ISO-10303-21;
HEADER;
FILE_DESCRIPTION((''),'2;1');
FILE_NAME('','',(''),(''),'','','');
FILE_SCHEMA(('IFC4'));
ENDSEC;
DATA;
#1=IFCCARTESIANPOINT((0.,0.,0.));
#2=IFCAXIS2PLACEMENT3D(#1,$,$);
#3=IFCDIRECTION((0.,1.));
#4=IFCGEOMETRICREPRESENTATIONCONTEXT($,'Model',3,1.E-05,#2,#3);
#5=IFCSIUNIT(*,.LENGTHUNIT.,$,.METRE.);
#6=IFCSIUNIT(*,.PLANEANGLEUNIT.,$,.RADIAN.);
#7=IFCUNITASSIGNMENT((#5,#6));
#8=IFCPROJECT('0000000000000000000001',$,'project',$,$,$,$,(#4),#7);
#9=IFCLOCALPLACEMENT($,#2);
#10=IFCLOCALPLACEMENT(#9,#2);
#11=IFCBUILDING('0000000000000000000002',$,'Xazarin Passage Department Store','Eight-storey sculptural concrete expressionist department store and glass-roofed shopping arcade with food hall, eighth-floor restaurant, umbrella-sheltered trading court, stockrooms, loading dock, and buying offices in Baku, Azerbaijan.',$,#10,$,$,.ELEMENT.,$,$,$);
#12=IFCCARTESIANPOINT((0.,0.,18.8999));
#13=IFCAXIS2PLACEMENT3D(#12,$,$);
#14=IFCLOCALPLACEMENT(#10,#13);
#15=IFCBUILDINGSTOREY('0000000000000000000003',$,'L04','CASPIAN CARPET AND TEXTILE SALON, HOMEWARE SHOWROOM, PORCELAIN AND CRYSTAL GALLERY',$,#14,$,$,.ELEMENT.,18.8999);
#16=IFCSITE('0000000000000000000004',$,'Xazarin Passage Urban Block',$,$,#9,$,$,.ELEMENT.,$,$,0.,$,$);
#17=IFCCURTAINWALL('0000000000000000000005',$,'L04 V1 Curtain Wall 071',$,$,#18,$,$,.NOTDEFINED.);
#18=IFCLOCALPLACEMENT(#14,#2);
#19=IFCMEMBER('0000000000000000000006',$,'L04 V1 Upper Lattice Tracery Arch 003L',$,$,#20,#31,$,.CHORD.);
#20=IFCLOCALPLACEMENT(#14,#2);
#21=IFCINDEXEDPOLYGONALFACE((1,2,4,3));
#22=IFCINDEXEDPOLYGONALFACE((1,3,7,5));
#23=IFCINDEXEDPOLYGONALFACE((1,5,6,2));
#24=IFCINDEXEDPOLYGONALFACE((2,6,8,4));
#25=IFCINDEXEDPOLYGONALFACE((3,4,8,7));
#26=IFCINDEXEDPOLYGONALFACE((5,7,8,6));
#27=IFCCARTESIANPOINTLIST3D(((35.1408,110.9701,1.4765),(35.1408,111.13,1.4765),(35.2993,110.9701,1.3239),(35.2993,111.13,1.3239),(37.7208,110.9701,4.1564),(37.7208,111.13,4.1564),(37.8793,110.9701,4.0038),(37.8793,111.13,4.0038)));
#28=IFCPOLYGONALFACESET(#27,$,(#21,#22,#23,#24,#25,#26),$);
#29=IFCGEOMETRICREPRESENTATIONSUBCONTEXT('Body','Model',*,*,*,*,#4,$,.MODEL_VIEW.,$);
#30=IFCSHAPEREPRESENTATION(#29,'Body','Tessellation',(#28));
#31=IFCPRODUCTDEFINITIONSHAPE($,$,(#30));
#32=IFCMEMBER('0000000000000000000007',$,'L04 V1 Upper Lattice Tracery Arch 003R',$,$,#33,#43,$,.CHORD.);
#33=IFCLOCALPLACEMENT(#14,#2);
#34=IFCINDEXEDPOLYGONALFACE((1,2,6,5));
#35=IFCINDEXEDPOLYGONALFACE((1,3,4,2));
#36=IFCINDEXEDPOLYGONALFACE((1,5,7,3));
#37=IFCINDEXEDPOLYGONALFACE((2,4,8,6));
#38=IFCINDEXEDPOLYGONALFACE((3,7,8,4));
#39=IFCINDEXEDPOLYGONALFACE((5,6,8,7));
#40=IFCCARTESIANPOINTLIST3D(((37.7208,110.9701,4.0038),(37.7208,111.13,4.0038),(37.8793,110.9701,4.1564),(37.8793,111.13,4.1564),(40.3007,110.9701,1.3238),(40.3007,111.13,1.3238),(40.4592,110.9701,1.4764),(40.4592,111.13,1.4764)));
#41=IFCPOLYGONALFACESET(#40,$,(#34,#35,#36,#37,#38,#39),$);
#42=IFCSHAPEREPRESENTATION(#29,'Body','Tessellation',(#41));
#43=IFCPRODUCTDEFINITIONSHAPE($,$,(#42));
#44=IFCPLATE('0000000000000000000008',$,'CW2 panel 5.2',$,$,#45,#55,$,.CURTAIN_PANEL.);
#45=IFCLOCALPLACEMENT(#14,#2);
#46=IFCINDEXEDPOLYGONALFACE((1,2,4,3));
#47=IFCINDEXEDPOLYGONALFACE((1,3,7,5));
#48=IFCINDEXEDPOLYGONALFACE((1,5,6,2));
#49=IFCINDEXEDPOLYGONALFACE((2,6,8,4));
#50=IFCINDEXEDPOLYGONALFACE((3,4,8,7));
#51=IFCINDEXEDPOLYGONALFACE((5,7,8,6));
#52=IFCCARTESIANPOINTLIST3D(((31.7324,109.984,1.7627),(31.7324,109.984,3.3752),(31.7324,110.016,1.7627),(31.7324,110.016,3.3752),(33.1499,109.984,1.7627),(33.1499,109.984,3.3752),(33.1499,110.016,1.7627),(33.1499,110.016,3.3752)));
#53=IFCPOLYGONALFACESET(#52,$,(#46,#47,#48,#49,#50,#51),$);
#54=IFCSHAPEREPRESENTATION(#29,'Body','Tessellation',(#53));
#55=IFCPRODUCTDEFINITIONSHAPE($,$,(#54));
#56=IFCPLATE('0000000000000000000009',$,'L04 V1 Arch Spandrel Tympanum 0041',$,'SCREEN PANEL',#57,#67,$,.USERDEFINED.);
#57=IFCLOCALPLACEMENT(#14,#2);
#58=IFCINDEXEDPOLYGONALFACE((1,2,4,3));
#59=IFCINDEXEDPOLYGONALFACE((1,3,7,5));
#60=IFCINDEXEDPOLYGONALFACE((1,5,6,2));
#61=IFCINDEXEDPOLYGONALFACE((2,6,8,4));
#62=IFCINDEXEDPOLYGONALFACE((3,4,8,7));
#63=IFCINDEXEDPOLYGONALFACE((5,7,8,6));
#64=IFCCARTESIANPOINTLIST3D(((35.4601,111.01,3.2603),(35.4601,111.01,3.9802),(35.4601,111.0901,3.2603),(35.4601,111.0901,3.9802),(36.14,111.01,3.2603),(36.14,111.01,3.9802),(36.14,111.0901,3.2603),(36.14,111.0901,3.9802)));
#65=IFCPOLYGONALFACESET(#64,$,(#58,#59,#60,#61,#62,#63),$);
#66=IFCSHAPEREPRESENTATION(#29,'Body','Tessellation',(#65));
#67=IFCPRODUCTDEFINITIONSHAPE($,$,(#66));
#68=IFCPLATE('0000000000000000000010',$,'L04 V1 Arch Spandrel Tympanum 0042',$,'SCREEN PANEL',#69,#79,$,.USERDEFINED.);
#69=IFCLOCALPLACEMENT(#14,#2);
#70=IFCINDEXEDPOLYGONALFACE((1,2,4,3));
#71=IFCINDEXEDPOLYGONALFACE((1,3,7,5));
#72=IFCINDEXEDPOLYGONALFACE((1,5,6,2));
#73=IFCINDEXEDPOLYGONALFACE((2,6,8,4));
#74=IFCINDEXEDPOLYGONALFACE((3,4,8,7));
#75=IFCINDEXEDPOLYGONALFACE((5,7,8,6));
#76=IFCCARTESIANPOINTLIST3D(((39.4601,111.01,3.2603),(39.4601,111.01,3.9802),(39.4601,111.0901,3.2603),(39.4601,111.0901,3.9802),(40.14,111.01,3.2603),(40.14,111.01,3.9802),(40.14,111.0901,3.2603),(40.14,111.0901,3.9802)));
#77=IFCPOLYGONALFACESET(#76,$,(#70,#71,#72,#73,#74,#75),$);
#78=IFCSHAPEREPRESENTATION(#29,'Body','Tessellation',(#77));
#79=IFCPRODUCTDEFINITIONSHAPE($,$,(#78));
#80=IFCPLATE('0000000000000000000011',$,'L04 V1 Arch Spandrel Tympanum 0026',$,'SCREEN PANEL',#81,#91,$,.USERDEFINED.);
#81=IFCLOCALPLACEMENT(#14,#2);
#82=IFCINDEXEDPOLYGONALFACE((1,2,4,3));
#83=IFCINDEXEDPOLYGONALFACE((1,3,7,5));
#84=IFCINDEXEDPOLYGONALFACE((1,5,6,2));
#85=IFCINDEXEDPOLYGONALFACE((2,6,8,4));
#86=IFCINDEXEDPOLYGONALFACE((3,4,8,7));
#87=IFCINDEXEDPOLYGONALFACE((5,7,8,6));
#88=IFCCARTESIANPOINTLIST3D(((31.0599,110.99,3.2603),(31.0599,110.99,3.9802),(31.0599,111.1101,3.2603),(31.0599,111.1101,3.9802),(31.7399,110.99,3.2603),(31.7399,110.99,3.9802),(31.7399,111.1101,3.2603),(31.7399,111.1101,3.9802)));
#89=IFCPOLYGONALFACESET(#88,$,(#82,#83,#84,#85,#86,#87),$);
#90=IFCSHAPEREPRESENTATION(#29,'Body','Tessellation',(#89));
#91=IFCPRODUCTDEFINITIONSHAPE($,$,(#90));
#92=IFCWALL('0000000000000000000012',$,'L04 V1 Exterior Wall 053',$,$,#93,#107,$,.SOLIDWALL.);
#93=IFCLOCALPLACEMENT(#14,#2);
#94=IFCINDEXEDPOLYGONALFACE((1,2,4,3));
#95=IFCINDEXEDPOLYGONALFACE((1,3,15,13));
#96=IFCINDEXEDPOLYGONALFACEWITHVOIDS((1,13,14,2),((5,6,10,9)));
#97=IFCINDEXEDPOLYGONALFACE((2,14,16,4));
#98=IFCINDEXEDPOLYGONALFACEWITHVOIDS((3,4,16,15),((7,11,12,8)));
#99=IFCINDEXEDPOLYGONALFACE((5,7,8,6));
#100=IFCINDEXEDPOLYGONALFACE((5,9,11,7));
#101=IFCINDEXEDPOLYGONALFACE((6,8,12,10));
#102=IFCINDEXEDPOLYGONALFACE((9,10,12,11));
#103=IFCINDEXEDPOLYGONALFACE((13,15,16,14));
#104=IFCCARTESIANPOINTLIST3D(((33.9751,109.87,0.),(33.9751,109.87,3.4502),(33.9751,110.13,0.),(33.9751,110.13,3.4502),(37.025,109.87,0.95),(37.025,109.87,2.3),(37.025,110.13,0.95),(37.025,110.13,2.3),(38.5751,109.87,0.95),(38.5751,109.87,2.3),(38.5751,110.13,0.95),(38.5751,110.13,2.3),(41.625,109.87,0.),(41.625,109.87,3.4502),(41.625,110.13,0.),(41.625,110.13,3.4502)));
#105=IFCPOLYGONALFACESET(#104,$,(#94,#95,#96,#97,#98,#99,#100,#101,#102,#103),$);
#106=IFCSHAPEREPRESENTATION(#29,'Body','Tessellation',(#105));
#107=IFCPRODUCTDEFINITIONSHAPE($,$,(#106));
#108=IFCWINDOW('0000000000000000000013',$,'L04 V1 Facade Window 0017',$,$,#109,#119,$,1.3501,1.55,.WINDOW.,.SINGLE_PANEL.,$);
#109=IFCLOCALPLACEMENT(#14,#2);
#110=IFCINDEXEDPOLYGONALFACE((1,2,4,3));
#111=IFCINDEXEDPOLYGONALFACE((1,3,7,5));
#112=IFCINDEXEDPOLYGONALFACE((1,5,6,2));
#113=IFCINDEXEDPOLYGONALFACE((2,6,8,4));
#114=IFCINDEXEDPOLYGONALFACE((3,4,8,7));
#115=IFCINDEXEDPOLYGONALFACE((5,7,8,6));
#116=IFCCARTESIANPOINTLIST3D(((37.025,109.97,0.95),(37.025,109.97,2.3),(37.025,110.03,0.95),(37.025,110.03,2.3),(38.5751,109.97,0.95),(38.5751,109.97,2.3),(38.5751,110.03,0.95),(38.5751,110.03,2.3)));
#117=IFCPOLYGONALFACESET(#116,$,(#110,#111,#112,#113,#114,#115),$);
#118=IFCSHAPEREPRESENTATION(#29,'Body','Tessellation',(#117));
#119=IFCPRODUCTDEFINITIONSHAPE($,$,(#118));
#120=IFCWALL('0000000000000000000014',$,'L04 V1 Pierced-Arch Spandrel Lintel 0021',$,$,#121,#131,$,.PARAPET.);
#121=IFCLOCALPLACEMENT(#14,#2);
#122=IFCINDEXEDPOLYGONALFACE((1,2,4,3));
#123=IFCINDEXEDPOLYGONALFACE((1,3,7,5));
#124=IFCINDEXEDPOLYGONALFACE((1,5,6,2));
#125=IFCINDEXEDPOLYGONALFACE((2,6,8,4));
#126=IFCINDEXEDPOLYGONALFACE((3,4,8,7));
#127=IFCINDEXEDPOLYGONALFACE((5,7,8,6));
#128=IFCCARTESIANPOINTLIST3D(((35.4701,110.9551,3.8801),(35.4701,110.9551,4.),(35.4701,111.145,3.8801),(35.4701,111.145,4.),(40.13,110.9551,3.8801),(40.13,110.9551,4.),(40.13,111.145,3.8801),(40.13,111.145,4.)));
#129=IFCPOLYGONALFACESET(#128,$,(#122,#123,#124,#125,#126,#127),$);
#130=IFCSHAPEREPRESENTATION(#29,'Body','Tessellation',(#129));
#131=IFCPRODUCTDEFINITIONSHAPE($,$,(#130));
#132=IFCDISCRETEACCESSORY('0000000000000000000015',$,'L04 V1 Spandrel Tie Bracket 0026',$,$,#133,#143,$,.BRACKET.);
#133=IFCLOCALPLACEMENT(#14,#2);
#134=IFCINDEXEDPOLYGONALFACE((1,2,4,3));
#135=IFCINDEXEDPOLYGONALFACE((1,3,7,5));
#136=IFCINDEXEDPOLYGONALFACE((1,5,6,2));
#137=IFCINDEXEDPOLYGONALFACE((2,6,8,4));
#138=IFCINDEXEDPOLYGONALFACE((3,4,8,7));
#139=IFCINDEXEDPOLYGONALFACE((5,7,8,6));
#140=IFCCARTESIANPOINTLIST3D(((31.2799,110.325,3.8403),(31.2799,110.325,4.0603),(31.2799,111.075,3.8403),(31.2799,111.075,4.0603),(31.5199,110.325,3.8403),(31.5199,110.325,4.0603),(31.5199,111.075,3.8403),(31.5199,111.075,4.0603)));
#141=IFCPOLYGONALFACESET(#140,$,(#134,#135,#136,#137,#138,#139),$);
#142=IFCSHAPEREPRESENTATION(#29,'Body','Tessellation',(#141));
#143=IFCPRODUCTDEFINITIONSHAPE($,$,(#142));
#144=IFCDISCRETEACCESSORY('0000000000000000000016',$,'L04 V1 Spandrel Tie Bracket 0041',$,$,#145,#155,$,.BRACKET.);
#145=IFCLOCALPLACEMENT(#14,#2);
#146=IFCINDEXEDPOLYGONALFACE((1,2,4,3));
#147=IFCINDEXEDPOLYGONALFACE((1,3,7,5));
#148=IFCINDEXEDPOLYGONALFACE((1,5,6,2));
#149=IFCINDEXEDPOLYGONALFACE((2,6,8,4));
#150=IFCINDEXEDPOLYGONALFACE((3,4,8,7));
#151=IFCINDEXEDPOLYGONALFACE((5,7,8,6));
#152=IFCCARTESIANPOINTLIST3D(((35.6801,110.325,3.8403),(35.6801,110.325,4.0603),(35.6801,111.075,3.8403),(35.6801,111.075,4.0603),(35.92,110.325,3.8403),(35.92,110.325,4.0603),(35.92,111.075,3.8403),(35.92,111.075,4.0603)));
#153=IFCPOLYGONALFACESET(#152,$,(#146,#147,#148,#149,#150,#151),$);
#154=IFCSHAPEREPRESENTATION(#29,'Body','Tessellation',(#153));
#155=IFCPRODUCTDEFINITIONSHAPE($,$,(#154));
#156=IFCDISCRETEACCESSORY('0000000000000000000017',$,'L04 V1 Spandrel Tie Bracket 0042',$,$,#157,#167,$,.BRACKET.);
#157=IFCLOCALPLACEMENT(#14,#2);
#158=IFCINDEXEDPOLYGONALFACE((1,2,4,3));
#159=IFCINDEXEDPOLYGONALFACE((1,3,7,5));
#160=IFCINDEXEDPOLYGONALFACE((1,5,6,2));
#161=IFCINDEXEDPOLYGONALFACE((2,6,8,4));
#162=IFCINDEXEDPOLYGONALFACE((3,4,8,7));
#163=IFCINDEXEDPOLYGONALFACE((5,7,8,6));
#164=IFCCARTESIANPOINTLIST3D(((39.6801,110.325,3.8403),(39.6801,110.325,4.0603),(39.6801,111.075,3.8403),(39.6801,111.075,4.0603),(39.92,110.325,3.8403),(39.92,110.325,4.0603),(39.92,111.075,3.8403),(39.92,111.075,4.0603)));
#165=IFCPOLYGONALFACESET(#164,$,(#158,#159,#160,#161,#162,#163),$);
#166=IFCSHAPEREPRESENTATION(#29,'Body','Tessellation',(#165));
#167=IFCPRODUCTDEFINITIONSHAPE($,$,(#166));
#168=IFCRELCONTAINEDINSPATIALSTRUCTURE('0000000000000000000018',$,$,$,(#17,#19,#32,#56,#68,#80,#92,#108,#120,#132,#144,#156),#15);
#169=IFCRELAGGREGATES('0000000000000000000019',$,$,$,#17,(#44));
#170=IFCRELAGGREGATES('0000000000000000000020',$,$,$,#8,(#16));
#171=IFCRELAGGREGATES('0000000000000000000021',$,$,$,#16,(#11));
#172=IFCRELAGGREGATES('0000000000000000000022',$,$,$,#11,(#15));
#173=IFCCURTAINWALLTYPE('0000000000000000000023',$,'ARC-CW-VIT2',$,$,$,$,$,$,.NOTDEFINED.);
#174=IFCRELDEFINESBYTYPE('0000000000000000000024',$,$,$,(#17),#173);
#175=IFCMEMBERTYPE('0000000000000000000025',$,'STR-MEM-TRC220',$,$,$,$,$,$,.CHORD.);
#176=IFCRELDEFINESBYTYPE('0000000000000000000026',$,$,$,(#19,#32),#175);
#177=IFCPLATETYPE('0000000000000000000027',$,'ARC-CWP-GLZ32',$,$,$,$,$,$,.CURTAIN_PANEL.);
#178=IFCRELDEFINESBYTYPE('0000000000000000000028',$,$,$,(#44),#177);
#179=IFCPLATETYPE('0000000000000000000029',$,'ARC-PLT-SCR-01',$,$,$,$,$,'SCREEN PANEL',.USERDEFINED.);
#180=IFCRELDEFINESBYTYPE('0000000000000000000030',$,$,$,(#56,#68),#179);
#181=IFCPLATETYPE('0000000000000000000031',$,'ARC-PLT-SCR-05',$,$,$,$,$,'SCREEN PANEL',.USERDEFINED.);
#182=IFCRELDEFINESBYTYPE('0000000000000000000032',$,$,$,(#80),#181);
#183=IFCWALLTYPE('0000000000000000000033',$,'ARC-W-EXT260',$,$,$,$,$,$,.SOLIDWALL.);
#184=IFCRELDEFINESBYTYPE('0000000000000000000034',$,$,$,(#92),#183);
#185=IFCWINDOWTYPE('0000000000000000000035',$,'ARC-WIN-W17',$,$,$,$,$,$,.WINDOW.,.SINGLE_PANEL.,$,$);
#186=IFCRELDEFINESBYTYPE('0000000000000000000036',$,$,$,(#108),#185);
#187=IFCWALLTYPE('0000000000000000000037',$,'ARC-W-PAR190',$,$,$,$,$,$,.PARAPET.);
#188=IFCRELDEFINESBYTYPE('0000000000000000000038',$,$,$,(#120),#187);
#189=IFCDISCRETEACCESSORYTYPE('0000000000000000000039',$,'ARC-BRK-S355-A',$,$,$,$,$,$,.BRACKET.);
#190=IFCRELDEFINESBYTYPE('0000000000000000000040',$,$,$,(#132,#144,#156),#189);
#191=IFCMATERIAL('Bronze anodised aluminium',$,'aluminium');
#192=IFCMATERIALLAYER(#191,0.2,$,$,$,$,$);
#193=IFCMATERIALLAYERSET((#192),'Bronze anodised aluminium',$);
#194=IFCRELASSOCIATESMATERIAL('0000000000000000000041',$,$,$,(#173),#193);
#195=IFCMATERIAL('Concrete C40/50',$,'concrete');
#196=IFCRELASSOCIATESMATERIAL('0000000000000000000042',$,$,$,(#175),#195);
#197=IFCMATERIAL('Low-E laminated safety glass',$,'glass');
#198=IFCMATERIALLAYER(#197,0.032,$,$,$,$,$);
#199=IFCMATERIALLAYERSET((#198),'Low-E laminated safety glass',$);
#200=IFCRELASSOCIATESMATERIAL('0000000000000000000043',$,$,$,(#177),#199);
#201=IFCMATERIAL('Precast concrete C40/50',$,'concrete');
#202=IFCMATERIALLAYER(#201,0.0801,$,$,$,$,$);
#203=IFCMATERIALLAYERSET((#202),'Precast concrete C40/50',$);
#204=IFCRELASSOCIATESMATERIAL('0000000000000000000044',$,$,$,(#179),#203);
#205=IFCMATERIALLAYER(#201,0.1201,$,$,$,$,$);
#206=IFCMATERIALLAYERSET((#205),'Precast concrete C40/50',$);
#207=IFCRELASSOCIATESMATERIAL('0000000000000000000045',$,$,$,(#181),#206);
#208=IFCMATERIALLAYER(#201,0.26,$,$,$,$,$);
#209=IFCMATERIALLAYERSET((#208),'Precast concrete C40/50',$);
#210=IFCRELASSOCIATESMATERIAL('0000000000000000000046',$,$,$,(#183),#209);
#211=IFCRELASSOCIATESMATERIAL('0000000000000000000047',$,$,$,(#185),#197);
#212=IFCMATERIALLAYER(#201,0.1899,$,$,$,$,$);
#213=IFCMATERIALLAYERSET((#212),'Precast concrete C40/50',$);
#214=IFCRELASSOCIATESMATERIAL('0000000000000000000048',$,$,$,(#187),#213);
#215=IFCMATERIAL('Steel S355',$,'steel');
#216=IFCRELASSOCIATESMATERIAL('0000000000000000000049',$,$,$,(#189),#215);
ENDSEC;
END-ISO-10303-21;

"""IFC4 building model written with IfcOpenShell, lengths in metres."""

from ifc_helpers import new_model, si_unit, direction, frame, frame_2d, origin, origin_2d, place, context, subcontext, project, spatial, rectangle, extrude, material, layer, layer_set, material_profile, profile_set, type_object, element, fill, aggregate, save


model = new_model("IFC4")

# Units and contexts
model_context = context("Model", 3, precision=1e-05, world=origin(), true_north=direction((0.0, 1.0)))
body_context = subcontext(model_context, "Body", "Model", "MODEL_VIEW")
ifc_project = project(units=[si_unit("LENGTHUNIT", "METRE"), si_unit("PLANEANGLEUNIT", "RADIAN")], contexts=[model_context])

# Site, building, storey
site_placement = place(None, origin())
site = spatial("IfcSite", under=ifc_project, at=site_placement, Name="Xazarin Passage Urban Block", CompositionType="ELEMENT", RefElevation=0.0)
building_placement = place(site_placement, origin())
building = spatial("IfcBuilding", under=site, at=building_placement, Name="Xazarin Passage Department Store", Description="Eight-storey sculptural concrete expressionist department store and glass-roofed shopping arcade with food hall, eighth-floor restaurant, umbrella-sheltered trading court, stockrooms, loading dock, and buying offices in Baku, Azerbaijan.", CompositionType="ELEMENT")
storey_placement = place(building_placement, frame((0.0, 0.0, 18.8999)))
storey = spatial("IfcBuildingStorey", under=building, at=storey_placement, Name="L04", Description="CASPIAN CARPET AND TEXTILE SALON, HOMEWARE SHOWROOM, PORCELAIN AND CRYSTAL GALLERY", CompositionType="ELEMENT", Elevation=18.8999)

# Shared definitions
ifc_material_1 = material(Name="Concrete C40/50", Category="concrete")

# Curtain wall
ifc_material_2 = material(Name="Bronze anodised aluminium", Category="aluminium")
ifc_layer_1 = layer(ifc_material_2, 0.2)
ifc_layer_set_1 = layer_set([ifc_layer_1], Name="Bronze anodised aluminium")
curtain_wall_type = type_object("IfcCurtainWallType", Name="ARC-CW-VIT2", PredefinedType="NOTDEFINED", material=ifc_layer_set_1)
curtain_wall_placement = place(storey_placement, origin())
curtain_wall = element("IfcCurtainWall", 1, at=curtain_wall_placement, inside=storey, type_object=curtain_wall_type, Name="L04 V1 Curtain Wall 071", PredefinedType="NOTDEFINED")

# Members
ifc_material_profile_1 = material_profile(ifc_material_1, rectangle(XDim=0.1599, YDim=0.22, at=origin_2d()), Name="RC 160x220")
ifc_profile_set_1 = profile_set([ifc_material_profile_1], Name="Concrete C40/50")
member_type_1 = type_object("IfcMemberType", Name="STR-MEM-TRC220", PredefinedType="CHORD", material=ifc_profile_set_1)
for number, where, z_axis, x_axis, name in (
    (2, (37.8, 111.05, 4.0801), (-0.693558, 0.0, -0.7204), (0.0, -1.0, 0.0), "L04 V1 Upper Lattice Tracery Arch 003L"),
    (3, (37.8, 111.05, 4.0801), (0.693524, 0.0, -0.720433), (0.0, 1.0, 0.0), "L04 V1 Upper Lattice Tracery Arch 003R"),
):
    element("IfcMember", number, at=place(storey_placement, frame(where, z_axis=z_axis, x_axis=x_axis)), inside=storey, type_object=member_type_1, Name=name, PredefinedType="CHORD", context=body_context, shape_type="SweptSolid", body=[
        extrude(rectangle(XDim=0.1599, YDim=0.22, at=origin_2d()), origin(), (0.0, 0.0, 1.0), 3.72),
    ])

# Plate
ifc_material_3 = material(Name="Low-E laminated safety glass", Category="glass")
ifc_layer_2 = layer(ifc_material_3, 0.032)
ifc_layer_set_2 = layer_set([ifc_layer_2], Name="Low-E laminated safety glass")
plate_type_1 = type_object("IfcPlateType", Name="ARC-CWP-GLZ32", PredefinedType="CURTAIN_PANEL", material=ifc_layer_set_2)
plate_1_placement = place(storey_placement, frame((32.4412, 110.0, 1.7627), z_axis=(0.0, 0.0, 1.0), x_axis=(1.0, 0.0, 0.0)))
plate_1 = element("IfcPlate", 4, at=plate_1_placement, type_object=plate_type_1, Name="CW2 panel 5.2", PredefinedType="CURTAIN_PANEL", context=body_context, shape_type="SweptSolid", body=[
    extrude(rectangle(XDim=1.4175, YDim=0.032, at=origin_2d()), origin(), (0.0, 0.0, 1.0), 1.6125),
])
aggregate(curtain_wall, [plate_1])

# Plates
ifc_material_4 = material(Name="Precast concrete C40/50", Category="concrete")
ifc_layer_3 = layer(ifc_material_4, 0.0801)
ifc_layer_set_3 = layer_set([ifc_layer_3], Name="Precast concrete C40/50")
plate_type_2 = type_object("IfcPlateType", Name="ARC-PLT-SCR-01", ElementType="SCREEN PANEL", PredefinedType="USERDEFINED", material=ifc_layer_set_3)
for number, where, z_axis, x_axis, name in (
    (5, (35.8, 111.05, 3.2603), (0.0, 0.0, 1.0), (1.0, 0.0, 0.0), "L04 V1 Arch Spandrel Tympanum 0041"),
    (6, (39.8, 111.05, 3.2603), (0.0, 0.0, 1.0), (1.0, 0.0, 0.0), "L04 V1 Arch Spandrel Tympanum 0042"),
):
    element("IfcPlate", number, at=place(storey_placement, frame(where, z_axis=z_axis, x_axis=x_axis)), inside=storey, type_object=plate_type_2, Name=name, ObjectType="SCREEN PANEL", PredefinedType="USERDEFINED", context=body_context, shape_type="SweptSolid", body=[
        extrude(rectangle(XDim=0.6799, YDim=0.0801, at=origin_2d()), origin(), (0.0, 0.0, 1.0), 0.72),
    ])
ifc_layer_4 = layer(ifc_material_4, 0.1201)
ifc_layer_set_4 = layer_set([ifc_layer_4], Name="Precast concrete C40/50")
plate_type_3 = type_object("IfcPlateType", Name="ARC-PLT-SCR-05", ElementType="SCREEN PANEL", PredefinedType="USERDEFINED", material=ifc_layer_set_4)
plate_2_placement = place(storey_placement, frame((31.3999, 111.05, 3.2603), z_axis=(0.0, 0.0, 1.0), x_axis=(1.0, 0.0, 0.0)))
element("IfcPlate", 7, at=plate_2_placement, inside=storey, type_object=plate_type_3, Name="L04 V1 Arch Spandrel Tympanum 0026", ObjectType="SCREEN PANEL", PredefinedType="USERDEFINED", context=body_context, shape_type="SweptSolid", body=[
    extrude(rectangle(XDim=0.6799, YDim=0.1201, at=origin_2d()), origin(), (0.0, 0.0, 1.0), 0.72),
])

# Wall, opening, window
ifc_layer_5 = layer(ifc_material_4, 0.26)
ifc_layer_set_5 = layer_set([ifc_layer_5], Name="Precast concrete C40/50")
wall_type_1 = type_object("IfcWallType", Name="ARC-W-EXT260", PredefinedType="SOLIDWALL", material=ifc_layer_set_5)
wall_1_placement = place(storey_placement, frame((33.9751, 110.0, 0.0), z_axis=(0.0, 0.0, 1.0), x_axis=(1.0, 0.0, 0.0)))
wall_1 = element("IfcWall", 8, at=wall_1_placement, inside=storey, type_object=wall_type_1, Name="L04 V1 Exterior Wall 053", PredefinedType="SOLIDWALL", context=body_context, shape_type="SweptSolid", body=[
    extrude(rectangle(XDim=7.6499, YDim=0.26, at=frame_2d((3.825, 0.0))), origin(), (0.0, 0.0, 1.0), 3.4502),
])
opening_placement = place(wall_1_placement, frame((3.05, 0.0, 0.95)))
opening = element("IfcOpeningElement", 9, at=opening_placement, cuts=wall_1, PredefinedType="OPENING", context=body_context, shape_type="SweptSolid", body=[
    extrude(rectangle(XDim=1.55, YDim=1.3501, at=frame_2d((0.7749, 0.675))), frame((0.0, 0.1399, 0.0), z_axis=(0.0, -1.0, 0.0), x_axis=(1.0, 0.0, 0.0)), (0.0, 0.0, 1.0), 0.28),
])
window_type = type_object("IfcWindowType", Name="ARC-WIN-W17", PartitioningType="SINGLE_PANEL", PredefinedType="WINDOW", material=ifc_material_3)
window_placement = place(opening_placement, origin())
window = element("IfcWindow", 10, at=window_placement, inside=storey, type_object=window_type, Name="L04 V1 Facade Window 0017", OverallHeight=1.3501, OverallWidth=1.55, PartitioningType="SINGLE_PANEL", PredefinedType="WINDOW", context=body_context, shape_type="SweptSolid", body=[
    extrude(rectangle(XDim=1.55, YDim=1.3501, at=frame_2d((0.7749, 0.675))), frame((0.0, 0.03, 0.0), z_axis=(0.0, -1.0, 0.0), x_axis=(1.0, 0.0, 0.0)), (0.0, 0.0, 1.0), 0.0601),
])
fill(opening, window)

# Wall
ifc_layer_6 = layer(ifc_material_4, 0.1899)
ifc_layer_set_6 = layer_set([ifc_layer_6], Name="Precast concrete C40/50")
wall_type_2 = type_object("IfcWallType", Name="ARC-W-PAR190", PredefinedType="PARAPET", material=ifc_layer_set_6)
wall_2_placement = place(storey_placement, frame((35.47, 111.05, 3.8801), z_axis=(0.0, 0.0, 1.0), x_axis=(1.0, 0.0, 0.0)))
element("IfcWall", 11, at=wall_2_placement, inside=storey, type_object=wall_type_2, Name="L04 V1 Pierced-Arch Spandrel Lintel 0021", PredefinedType="PARAPET", context=body_context, shape_type="SweptSolid", body=[
    extrude(rectangle(XDim=4.6599, YDim=0.1899, at=frame_2d((2.3301, 0.0))), origin(), (0.0, 0.0, 1.0), 0.1199),
])

# Discrete accessories
ifc_material_5 = material(Name="Steel S355", Category="steel")
discrete_accessory_type = type_object("IfcDiscreteAccessoryType", Name="ARC-BRK-S355-A", PredefinedType="BRACKET", material=ifc_material_5)
for number, where, z_axis, x_axis, name in (
    (12, (31.3999, 110.7, 3.8403), (0.0, 0.0, 1.0), (1.0, 0.0, 0.0), "L04 V1 Spandrel Tie Bracket 0026"),
    (13, (35.8, 110.7, 3.8403), (0.0, 0.0, 1.0), (1.0, 0.0, 0.0), "L04 V1 Spandrel Tie Bracket 0041"),
    (14, (39.8, 110.7, 3.8403), (0.0, 0.0, 1.0), (1.0, 0.0, 0.0), "L04 V1 Spandrel Tie Bracket 0042"),
):
    element("IfcDiscreteAccessory", number, at=place(storey_placement, frame(where, z_axis=z_axis, x_axis=x_axis)), inside=storey, type_object=discrete_accessory_type, Name=name, PredefinedType="BRACKET", context=body_context, shape_type="SweptSolid", body=[
        extrude(rectangle(XDim=0.24, YDim=0.75, at=origin_2d()), origin(), (0.0, 0.0, 1.0), 0.22),
    ])

save(model, "model.ifc")
